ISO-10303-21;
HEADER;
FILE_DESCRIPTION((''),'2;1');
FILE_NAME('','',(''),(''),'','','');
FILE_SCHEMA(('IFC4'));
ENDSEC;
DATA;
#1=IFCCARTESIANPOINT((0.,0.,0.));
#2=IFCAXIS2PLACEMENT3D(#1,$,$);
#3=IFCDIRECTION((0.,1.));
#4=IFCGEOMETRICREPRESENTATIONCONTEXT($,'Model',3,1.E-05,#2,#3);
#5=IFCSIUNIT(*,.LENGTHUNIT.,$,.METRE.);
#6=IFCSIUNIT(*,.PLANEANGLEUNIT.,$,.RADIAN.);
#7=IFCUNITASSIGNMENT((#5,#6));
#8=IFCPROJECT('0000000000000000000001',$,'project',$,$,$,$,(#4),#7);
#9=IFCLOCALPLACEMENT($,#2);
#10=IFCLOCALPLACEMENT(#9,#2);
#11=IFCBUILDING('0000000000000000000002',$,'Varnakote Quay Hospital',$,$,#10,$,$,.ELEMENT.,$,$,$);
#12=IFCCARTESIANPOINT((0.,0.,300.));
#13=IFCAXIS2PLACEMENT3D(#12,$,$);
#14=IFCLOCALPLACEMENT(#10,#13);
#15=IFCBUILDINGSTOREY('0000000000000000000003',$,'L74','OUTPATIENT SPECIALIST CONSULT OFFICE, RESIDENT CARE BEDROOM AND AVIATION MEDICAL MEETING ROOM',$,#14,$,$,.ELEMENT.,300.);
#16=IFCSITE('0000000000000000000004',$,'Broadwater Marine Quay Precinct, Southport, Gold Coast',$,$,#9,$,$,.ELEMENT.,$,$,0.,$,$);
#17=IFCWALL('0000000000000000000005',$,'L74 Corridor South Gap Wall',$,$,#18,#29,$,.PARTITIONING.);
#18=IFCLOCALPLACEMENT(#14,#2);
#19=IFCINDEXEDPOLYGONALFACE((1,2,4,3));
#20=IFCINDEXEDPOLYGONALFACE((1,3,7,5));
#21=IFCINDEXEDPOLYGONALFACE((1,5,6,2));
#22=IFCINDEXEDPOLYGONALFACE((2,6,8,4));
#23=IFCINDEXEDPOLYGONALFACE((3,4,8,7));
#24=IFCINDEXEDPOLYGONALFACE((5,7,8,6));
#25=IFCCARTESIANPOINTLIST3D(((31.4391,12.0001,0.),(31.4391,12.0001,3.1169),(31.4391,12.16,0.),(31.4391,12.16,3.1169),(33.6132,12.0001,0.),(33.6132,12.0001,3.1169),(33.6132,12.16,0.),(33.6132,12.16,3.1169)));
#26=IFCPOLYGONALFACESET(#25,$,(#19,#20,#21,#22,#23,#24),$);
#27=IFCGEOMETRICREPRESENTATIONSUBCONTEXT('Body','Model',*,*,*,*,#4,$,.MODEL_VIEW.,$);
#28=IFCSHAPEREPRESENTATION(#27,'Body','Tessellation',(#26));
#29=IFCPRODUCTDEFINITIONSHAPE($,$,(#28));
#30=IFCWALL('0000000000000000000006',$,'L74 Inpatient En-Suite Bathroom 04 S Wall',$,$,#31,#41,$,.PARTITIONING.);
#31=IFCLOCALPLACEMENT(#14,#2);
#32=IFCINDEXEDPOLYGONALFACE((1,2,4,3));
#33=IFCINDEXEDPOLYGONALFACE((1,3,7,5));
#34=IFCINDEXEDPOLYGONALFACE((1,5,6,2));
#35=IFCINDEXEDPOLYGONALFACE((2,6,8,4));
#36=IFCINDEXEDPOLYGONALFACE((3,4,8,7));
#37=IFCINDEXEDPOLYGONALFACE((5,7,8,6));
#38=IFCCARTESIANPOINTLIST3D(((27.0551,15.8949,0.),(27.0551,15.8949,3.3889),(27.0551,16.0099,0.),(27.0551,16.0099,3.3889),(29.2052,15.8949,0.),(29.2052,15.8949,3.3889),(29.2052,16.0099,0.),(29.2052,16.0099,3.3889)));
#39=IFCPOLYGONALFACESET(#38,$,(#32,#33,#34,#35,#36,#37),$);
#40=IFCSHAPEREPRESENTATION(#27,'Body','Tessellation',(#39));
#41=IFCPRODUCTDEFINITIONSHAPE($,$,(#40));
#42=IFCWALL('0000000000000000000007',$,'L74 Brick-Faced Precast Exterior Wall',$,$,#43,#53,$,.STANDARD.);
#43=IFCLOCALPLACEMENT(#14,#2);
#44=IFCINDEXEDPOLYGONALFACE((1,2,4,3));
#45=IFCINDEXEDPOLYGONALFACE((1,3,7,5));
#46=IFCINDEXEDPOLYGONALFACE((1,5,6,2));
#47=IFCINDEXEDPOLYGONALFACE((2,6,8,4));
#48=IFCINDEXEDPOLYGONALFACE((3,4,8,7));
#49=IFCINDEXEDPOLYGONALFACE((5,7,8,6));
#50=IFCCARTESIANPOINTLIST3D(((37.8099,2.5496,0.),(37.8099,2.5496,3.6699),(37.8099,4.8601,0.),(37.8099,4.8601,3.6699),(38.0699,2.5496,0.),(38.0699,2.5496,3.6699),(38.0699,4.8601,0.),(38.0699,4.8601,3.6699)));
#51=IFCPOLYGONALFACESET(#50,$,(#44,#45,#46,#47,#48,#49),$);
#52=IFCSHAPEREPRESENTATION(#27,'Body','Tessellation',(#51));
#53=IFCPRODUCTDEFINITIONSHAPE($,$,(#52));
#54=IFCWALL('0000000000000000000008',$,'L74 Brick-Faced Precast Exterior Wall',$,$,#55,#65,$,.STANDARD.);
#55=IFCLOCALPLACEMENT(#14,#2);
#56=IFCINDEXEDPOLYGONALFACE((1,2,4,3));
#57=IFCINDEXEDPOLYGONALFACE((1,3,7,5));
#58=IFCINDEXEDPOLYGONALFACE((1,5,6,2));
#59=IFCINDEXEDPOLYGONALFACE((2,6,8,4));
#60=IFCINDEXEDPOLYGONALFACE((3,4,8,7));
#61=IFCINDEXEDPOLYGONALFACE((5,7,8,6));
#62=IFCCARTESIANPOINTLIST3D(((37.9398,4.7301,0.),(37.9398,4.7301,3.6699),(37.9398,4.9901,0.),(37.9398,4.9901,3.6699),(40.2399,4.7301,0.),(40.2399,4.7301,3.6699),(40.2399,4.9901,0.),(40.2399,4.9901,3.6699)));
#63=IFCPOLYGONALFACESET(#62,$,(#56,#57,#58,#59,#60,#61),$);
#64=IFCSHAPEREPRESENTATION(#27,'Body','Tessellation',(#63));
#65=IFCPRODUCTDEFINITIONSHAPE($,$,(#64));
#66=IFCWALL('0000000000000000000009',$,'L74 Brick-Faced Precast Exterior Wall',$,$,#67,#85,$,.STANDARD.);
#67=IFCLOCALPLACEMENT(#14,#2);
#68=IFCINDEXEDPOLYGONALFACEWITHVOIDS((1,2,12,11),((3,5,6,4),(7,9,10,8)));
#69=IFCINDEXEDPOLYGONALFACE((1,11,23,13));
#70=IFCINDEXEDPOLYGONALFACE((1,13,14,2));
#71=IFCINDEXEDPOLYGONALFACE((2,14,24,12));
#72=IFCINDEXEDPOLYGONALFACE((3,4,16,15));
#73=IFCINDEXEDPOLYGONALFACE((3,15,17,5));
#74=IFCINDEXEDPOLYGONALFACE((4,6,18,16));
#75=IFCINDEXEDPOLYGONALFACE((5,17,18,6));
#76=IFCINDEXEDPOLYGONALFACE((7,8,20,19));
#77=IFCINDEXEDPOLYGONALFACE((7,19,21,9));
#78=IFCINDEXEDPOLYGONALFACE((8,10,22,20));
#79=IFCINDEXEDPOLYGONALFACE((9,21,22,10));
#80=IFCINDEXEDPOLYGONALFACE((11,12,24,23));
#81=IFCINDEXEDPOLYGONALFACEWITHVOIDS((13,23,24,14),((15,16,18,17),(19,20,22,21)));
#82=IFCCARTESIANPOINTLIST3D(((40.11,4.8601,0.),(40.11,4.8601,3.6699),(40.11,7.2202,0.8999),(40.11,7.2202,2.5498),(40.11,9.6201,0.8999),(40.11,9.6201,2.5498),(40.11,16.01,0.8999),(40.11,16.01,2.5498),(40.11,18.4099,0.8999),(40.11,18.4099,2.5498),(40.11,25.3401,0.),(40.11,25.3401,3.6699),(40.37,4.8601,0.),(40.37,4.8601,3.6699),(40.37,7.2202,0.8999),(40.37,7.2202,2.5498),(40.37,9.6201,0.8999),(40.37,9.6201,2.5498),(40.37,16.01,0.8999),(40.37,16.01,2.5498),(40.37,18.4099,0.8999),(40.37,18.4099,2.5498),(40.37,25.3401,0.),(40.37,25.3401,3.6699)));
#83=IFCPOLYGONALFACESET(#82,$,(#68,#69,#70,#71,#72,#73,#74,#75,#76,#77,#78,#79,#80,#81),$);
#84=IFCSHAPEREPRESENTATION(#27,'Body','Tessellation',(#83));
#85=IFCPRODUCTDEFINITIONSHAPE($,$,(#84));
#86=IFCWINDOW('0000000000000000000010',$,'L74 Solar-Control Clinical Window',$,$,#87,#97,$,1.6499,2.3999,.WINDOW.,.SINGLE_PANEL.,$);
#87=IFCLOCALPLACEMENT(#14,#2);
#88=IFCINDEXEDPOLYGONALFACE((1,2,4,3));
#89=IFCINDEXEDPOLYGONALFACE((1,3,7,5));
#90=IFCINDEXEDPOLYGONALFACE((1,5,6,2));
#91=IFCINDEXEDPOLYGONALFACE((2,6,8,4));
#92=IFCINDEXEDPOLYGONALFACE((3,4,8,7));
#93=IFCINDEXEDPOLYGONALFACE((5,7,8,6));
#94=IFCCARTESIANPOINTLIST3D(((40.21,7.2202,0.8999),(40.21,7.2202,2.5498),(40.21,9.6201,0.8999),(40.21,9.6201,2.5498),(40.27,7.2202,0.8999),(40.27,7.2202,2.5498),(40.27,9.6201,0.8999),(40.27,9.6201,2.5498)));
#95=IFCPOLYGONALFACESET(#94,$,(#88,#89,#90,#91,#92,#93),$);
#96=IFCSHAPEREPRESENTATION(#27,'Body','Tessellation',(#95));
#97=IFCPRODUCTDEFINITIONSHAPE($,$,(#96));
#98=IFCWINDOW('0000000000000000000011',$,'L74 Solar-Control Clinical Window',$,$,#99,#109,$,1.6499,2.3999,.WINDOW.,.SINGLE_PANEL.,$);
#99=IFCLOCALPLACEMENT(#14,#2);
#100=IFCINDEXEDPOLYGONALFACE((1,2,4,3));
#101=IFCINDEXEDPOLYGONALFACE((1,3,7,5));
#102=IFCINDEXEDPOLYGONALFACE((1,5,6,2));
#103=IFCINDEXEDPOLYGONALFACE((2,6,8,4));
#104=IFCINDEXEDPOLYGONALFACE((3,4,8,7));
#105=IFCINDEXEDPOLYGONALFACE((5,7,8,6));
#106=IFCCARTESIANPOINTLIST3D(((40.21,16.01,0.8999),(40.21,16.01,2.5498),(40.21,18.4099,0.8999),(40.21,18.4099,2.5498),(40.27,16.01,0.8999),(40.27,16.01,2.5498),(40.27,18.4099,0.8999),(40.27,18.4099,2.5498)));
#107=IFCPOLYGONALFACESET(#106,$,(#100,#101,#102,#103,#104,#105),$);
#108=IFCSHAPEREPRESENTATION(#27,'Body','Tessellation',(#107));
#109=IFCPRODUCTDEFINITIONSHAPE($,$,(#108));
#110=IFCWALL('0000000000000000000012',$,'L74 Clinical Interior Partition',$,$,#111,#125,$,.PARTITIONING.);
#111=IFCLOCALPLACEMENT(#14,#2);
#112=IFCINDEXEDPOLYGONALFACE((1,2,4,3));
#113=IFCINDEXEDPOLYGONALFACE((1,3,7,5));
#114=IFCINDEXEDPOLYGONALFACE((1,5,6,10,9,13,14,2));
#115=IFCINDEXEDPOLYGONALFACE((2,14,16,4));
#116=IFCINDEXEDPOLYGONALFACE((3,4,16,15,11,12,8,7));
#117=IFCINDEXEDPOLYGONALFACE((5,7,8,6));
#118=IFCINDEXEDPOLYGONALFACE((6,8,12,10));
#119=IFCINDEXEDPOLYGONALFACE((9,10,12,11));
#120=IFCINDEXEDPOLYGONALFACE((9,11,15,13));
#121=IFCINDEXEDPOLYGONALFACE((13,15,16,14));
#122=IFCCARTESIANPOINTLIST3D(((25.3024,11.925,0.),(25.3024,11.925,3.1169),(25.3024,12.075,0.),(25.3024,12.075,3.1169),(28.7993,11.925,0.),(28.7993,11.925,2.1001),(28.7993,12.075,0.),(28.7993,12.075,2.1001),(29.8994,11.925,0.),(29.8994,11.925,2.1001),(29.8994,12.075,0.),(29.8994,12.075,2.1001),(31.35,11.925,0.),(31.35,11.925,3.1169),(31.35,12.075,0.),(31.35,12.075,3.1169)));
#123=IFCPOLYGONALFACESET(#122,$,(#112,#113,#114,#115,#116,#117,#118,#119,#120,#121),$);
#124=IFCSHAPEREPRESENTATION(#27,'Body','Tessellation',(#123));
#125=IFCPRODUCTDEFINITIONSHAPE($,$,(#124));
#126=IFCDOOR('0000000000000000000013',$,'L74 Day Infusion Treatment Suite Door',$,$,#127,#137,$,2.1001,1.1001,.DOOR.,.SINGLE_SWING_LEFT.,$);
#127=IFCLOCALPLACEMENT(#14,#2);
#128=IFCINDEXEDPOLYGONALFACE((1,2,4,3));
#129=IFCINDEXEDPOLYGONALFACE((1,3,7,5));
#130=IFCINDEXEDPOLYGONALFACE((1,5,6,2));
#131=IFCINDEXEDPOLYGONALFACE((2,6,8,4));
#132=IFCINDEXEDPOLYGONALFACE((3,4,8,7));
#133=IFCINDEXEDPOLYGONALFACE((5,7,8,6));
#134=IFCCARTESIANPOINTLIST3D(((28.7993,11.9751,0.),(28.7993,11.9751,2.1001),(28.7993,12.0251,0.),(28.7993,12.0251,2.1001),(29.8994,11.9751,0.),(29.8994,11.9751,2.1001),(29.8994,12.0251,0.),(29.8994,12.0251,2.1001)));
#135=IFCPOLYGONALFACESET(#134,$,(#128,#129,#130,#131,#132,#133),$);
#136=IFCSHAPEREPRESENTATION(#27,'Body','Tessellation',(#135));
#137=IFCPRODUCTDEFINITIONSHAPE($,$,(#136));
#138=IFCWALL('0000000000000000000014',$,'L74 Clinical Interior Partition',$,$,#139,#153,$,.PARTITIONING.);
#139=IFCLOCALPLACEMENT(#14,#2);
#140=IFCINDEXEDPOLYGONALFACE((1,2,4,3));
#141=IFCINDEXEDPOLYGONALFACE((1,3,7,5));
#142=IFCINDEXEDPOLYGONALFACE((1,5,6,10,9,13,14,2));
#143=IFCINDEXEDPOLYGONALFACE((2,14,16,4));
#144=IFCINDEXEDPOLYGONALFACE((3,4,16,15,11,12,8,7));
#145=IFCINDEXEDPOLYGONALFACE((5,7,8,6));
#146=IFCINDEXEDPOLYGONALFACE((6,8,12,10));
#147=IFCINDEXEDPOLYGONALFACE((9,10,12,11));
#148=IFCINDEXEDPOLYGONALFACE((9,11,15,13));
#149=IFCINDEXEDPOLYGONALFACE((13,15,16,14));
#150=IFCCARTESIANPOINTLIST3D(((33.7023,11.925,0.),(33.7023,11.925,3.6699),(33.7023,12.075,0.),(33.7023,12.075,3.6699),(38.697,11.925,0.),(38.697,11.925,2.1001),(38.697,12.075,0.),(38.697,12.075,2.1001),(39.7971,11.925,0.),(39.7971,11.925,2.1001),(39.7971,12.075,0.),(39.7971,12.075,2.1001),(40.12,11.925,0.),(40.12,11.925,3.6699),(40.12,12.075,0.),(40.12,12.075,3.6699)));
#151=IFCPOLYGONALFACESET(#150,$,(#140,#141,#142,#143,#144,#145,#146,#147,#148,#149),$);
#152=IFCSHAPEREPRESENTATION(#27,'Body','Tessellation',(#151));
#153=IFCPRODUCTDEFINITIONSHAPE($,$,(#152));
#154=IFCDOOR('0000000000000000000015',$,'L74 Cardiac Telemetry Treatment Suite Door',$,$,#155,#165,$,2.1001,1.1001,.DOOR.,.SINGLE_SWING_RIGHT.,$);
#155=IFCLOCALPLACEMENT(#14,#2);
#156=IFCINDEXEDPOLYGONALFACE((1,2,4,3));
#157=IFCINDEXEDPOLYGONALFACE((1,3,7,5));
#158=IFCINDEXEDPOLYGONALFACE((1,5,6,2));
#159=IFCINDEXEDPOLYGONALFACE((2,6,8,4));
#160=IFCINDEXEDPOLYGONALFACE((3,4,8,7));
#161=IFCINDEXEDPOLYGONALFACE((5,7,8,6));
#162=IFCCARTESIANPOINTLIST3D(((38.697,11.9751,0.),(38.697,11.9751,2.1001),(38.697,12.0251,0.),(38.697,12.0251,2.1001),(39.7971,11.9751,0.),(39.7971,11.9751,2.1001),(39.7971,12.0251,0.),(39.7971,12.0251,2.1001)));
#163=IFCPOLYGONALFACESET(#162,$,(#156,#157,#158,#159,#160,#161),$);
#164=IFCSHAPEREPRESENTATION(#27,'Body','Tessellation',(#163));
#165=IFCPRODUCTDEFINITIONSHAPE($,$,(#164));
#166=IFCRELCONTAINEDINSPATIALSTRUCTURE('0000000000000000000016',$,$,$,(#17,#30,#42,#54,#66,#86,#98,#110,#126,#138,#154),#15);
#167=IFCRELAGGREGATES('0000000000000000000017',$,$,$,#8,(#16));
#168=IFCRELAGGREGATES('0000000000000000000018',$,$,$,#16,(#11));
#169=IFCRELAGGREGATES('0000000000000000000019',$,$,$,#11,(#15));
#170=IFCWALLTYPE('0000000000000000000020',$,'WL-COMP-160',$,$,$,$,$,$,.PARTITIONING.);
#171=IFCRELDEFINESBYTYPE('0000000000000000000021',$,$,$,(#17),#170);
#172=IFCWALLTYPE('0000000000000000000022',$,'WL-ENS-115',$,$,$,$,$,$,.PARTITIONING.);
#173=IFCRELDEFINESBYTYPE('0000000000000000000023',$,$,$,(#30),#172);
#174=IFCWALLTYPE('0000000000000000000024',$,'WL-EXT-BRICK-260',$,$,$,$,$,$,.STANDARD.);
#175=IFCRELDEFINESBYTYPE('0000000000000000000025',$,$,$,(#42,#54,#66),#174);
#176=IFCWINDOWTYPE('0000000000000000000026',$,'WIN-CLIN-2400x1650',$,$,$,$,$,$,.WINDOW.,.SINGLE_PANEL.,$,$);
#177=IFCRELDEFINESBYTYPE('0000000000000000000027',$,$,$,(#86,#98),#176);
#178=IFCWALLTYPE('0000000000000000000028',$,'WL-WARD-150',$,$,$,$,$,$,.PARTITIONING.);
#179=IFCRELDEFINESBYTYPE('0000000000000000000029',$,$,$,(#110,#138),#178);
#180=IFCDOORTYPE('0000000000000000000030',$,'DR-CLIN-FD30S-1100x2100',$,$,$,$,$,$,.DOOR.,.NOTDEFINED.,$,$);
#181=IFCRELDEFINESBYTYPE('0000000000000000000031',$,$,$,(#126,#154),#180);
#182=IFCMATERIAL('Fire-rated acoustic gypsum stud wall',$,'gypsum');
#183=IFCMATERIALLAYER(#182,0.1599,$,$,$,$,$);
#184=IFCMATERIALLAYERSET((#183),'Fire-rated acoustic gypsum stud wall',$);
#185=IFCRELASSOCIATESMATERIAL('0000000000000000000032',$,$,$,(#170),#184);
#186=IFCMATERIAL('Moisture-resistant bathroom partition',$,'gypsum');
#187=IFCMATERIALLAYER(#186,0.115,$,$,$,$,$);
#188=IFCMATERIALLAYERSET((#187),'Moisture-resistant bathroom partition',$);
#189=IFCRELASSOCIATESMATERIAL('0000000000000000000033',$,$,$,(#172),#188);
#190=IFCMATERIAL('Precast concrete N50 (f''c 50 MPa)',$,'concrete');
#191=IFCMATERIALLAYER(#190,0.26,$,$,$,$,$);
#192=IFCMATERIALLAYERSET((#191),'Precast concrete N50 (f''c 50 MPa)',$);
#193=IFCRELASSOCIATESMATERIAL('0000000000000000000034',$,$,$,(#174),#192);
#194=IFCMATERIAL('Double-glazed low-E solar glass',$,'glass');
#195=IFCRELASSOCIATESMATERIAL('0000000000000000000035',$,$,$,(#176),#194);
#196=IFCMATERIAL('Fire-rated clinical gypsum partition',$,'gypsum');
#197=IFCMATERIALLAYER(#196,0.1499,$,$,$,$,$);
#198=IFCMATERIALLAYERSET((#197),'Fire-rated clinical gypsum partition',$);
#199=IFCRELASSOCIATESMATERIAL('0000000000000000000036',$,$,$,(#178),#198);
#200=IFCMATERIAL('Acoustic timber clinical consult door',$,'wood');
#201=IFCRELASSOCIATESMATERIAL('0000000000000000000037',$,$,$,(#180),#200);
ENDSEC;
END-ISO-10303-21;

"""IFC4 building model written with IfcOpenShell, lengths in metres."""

from ifc_helpers import new_model, si_unit, direction, frame, frame_2d, origin, place, context, subcontext, project, spatial, rectangle, extrude, material, layer, layer_set, type_object, element, fill, save


model = new_model("IFC4")

# Units and contexts
model_context = context("Model", 3, precision=1e-05, world=origin(), true_north=direction((0.0, 1.0)))
body_context = subcontext(model_context, "Body", "Model", "MODEL_VIEW")
ifc_project = project(units=[si_unit("LENGTHUNIT", "METRE"), si_unit("PLANEANGLEUNIT", "RADIAN")], contexts=[model_context])

# Site, building, storey
site_placement = place(None, origin())
site = spatial("IfcSite", under=ifc_project, at=site_placement, Name="Broadwater Marine Quay Precinct, Southport, Gold Coast", CompositionType="ELEMENT", RefElevation=0.0)
building_placement = place(site_placement, origin())
building = spatial("IfcBuilding", under=site, at=building_placement, Name="Varnakote Quay Hospital", CompositionType="ELEMENT")
storey_placement = place(building_placement, frame((0.0, 0.0, 300.0)))
storey = spatial("IfcBuildingStorey", under=building, at=storey_placement, Name="L74", Description="OUTPATIENT SPECIALIST CONSULT OFFICE, RESIDENT CARE BEDROOM AND AVIATION MEDICAL MEETING ROOM", CompositionType="ELEMENT", Elevation=300.0)

# Walls
ifc_material_1 = material(Name="Fire-rated acoustic gypsum stud wall", Category="gypsum")
ifc_layer_1 = layer(ifc_material_1, 0.1599)
ifc_layer_set_1 = layer_set([ifc_layer_1], Name="Fire-rated acoustic gypsum stud wall")
wall_type_1 = type_object("IfcWallType", Name="WL-COMP-160", PredefinedType="PARTITIONING", material=ifc_layer_set_1)
wall_1_placement = place(storey_placement, frame((31.4392, 12.0801, 0.0), z_axis=(0.0, 0.0, 1.0), x_axis=(1.0, 0.0, 0.0)))
element("IfcWall", 1, at=wall_1_placement, inside=storey, type_object=wall_type_1, Name="L74 Corridor South Gap Wall", PredefinedType="PARTITIONING", context=body_context, shape_type="SweptSolid", body=[
    extrude(rectangle(XDim=2.1741, YDim=0.1599, at=frame_2d((1.0869, 0.0))), origin(), (0.0, 0.0, 1.0), 3.1169),
])
ifc_material_2 = material(Name="Moisture-resistant bathroom partition", Category="gypsum")
ifc_layer_2 = layer(ifc_material_2, 0.115)
ifc_layer_set_2 = layer_set([ifc_layer_2], Name="Moisture-resistant bathroom partition")
wall_type_2 = type_object("IfcWallType", Name="WL-ENS-115", PredefinedType="PARTITIONING", material=ifc_layer_set_2)
wall_2_placement = place(storey_placement, frame((27.0549, 15.9524, 0.0), z_axis=(0.0, 0.0, 1.0), x_axis=(1.0, 0.0, 0.0)))
element("IfcWall", 2, at=wall_2_placement, inside=storey, type_object=wall_type_2, Name="L74 Inpatient En-Suite Bathroom 04 S Wall", PredefinedType="PARTITIONING", context=body_context, shape_type="SweptSolid", body=[
    extrude(rectangle(XDim=2.1501, YDim=0.115, at=frame_2d((1.0752, 0.0))), origin(), (0.0, 0.0, 1.0), 3.3889),
])
ifc_material_3 = material(Name="Precast concrete N50 (f'c 50 MPa)", Category="concrete")
ifc_layer_3 = layer(ifc_material_3, 0.26)
ifc_layer_set_3 = layer_set([ifc_layer_3], Name="Precast concrete N50 (f'c 50 MPa)")
wall_type_3 = type_object("IfcWallType", Name="WL-EXT-BRICK-260", PredefinedType="STANDARD", material=ifc_layer_set_3)
wall_3_placement = place(storey_placement, frame((37.9399, 2.5496, 0.0), z_axis=(0.0, 0.0, 1.0), x_axis=(0.0, 1.0, 0.0)))
element("IfcWall", 3, at=wall_3_placement, inside=storey, type_object=wall_type_3, Name="L74 Brick-Faced Precast Exterior Wall", PredefinedType="STANDARD", context=body_context, shape_type="SweptSolid", body=[
    extrude(rectangle(XDim=2.3105, YDim=0.26, at=frame_2d((1.1553, 0.0))), origin(), (0.0, 0.0, 1.0), 3.6699),
])
wall_4_placement = place(storey_placement, frame((37.9399, 4.8601, 0.0), z_axis=(0.0, 0.0, 1.0), x_axis=(1.0, 0.0, 0.0)))
element("IfcWall", 4, at=wall_4_placement, inside=storey, type_object=wall_type_3, Name="L74 Brick-Faced Precast Exterior Wall", PredefinedType="STANDARD", context=body_context, shape_type="SweptSolid", body=[
    extrude(rectangle(XDim=2.3, YDim=0.26, at=frame_2d((1.1499, 0.0))), origin(), (0.0, 0.0, 1.0), 3.6699),
])

# Wall, openings, windows
wall_5_placement = place(storey_placement, frame((40.24, 4.8601, 0.0), z_axis=(0.0, 0.0, 1.0), x_axis=(0.0, 1.0, 0.0)))
wall_5 = element("IfcWall", 5, at=wall_5_placement, inside=storey, type_object=wall_type_3, Name="L74 Brick-Faced Precast Exterior Wall", PredefinedType="STANDARD", context=body_context, shape_type="SweptSolid", body=[
    extrude(rectangle(XDim=20.48, YDim=0.26, at=frame_2d((10.24, 0.0))), origin(), (0.0, 0.0, 1.0), 3.6699),
])
opening_1_placement = place(wall_5_placement, frame((2.3601, 0.0, 0.8999)))
opening_1 = element("IfcOpeningElement", 6, at=opening_1_placement, cuts=wall_5, PredefinedType="OPENING", context=body_context, shape_type="SweptSolid", body=[
    extrude(rectangle(XDim=2.3999, YDim=1.6499, at=frame_2d((1.2, 0.825))), frame((0.0, 0.1399, 0.0), z_axis=(0.0, -1.0, 0.0), x_axis=(1.0, 0.0, 0.0)), (0.0, 0.0, 1.0), 0.28),
])
opening_2_placement = place(wall_5_placement, frame((11.1499, 0.0, 0.8999)))
opening_2 = element("IfcOpeningElement", 7, at=opening_2_placement, cuts=wall_5, PredefinedType="OPENING", context=body_context, shape_type="SweptSolid", body=[
    extrude(rectangle(XDim=2.3999, YDim=1.6499, at=frame_2d((1.2, 0.825))), frame((0.0, 0.1399, 0.0), z_axis=(0.0, -1.0, 0.0), x_axis=(1.0, 0.0, 0.0)), (0.0, 0.0, 1.0), 0.28),
])
ifc_material_4 = material(Name="Double-glazed low-E solar glass", Category="glass")
window_type = type_object("IfcWindowType", Name="WIN-CLIN-2400x1650", PartitioningType="SINGLE_PANEL", PredefinedType="WINDOW", material=ifc_material_4)
window_1_placement = place(opening_1_placement, origin())
window_1 = element("IfcWindow", 8, at=window_1_placement, inside=storey, type_object=window_type, Name="L74 Solar-Control Clinical Window", OverallHeight=1.6499, OverallWidth=2.3999, PartitioningType="SINGLE_PANEL", PredefinedType="WINDOW", context=body_context, shape_type="SweptSolid", body=[
    extrude(rectangle(XDim=2.3999, YDim=1.6499, at=frame_2d((1.2, 0.825))), frame((0.0, 0.03, 0.0), z_axis=(0.0, -1.0, 0.0), x_axis=(1.0, 0.0, 0.0)), (0.0, 0.0, 1.0), 0.0601),
])
fill(opening_1, window_1)
window_2_placement = place(opening_2_placement, origin())
window_2 = element("IfcWindow", 9, at=window_2_placement, inside=storey, type_object=window_type, Name="L74 Solar-Control Clinical Window", OverallHeight=1.6499, OverallWidth=2.3999, PartitioningType="SINGLE_PANEL", PredefinedType="WINDOW", context=body_context, shape_type="SweptSolid", body=[
    extrude(rectangle(XDim=2.3999, YDim=1.6499, at=frame_2d((1.2, 0.825))), frame((0.0, 0.03, 0.0), z_axis=(0.0, -1.0, 0.0), x_axis=(1.0, 0.0, 0.0)), (0.0, 0.0, 1.0), 0.0601),
])
fill(opening_2, window_2)

# Walls, openings, doors
ifc_material_5 = material(Name="Fire-rated clinical gypsum partition", Category="gypsum")
ifc_layer_4 = layer(ifc_material_5, 0.1499)
ifc_layer_set_4 = layer_set([ifc_layer_4], Name="Fire-rated clinical gypsum partition")
wall_type_4 = type_object("IfcWallType", Name="WL-WARD-150", PredefinedType="PARTITIONING", material=ifc_layer_set_4)
wall_6_placement = place(storey_placement, frame((31.3501, 12.0, 0.0), z_axis=(0.0, 0.0, 1.0), x_axis=(-1.0, 0.0, 0.0)))
wall_6 = element("IfcWall", 10, at=wall_6_placement, inside=storey, type_object=wall_type_4, Name="L74 Clinical Interior Partition", PredefinedType="PARTITIONING", context=body_context, shape_type="SweptSolid", body=[
    extrude(rectangle(XDim=6.0476, YDim=0.1499, at=frame_2d((3.0239, 0.0))), origin(), (0.0, 0.0, 1.0), 3.1169),
])
opening_3_placement = place(wall_6_placement, frame((1.4507, 0.0, 0.0)))
opening_3 = element("IfcOpeningElement", 11, at=opening_3_placement, cuts=wall_6, PredefinedType="OPENING", context=body_context, shape_type="SweptSolid", body=[
    extrude(rectangle(XDim=1.1001, YDim=2.1001, at=frame_2d((0.55, 1.05))), frame((0.0, 0.085, 0.0), z_axis=(0.0, -1.0, 0.0), x_axis=(1.0, 0.0, 0.0)), (0.0, 0.0, 1.0), 0.1699),
])
ifc_material_6 = material(Name="Acoustic timber clinical consult door", Category="wood")
door_type_1 = type_object("IfcDoorType", Name="DR-CLIN-FD30S-1100x2100", OperationType="NOTDEFINED", PredefinedType="DOOR", material=ifc_material_6)
door_1_placement = place(opening_3_placement, origin())
door_1 = element("IfcDoor", 12, at=door_1_placement, inside=storey, type_object=door_type_1, Name="L74 Day Infusion Treatment Suite Door", OperationType="SINGLE_SWING_LEFT", OverallHeight=2.1001, OverallWidth=1.1001, PredefinedType="DOOR", context=body_context, shape_type="SweptSolid", body=[
    extrude(rectangle(XDim=1.1001, YDim=2.1001, at=frame_2d((0.55, 1.05))), frame((0.0, 0.0249, 0.0), z_axis=(0.0, -1.0, 0.0), x_axis=(1.0, 0.0, 0.0)), (0.0, 0.0, 1.0), 0.05),
])
fill(opening_3, door_1)
wall_7_placement = place(storey_placement, frame((40.1201, 12.0, 0.0), z_axis=(0.0, 0.0, 1.0), x_axis=(-1.0, 0.0, 0.0)))
wall_7 = element("IfcWall", 13, at=wall_7_placement, inside=storey, type_object=wall_type_4, Name="L74 Clinical Interior Partition", PredefinedType="PARTITIONING", context=body_context, shape_type="SweptSolid", body=[
    extrude(rectangle(XDim=6.4177, YDim=0.1499, at=frame_2d((3.209, 0.0))), origin(), (0.0, 0.0, 1.0), 3.6699),
])
opening_4_placement = place(wall_7_placement, frame((0.323, 0.0, 0.0)))
opening_4 = element("IfcOpeningElement", 14, at=opening_4_placement, cuts=wall_7, PredefinedType="OPENING", context=body_context, shape_type="SweptSolid", body=[
    extrude(rectangle(XDim=1.1001, YDim=2.1001, at=frame_2d((0.55, 1.05))), frame((0.0, 0.085, 0.0), z_axis=(0.0, -1.0, 0.0), x_axis=(1.0, 0.0, 0.0)), (0.0, 0.0, 1.0), 0.1699),
])
door_2_placement = place(opening_4_placement, origin())
door_2 = element("IfcDoor", 15, at=door_2_placement, inside=storey, type_object=door_type_1, Name="L74 Cardiac Telemetry Treatment Suite Door", OperationType="SINGLE_SWING_RIGHT", OverallHeight=2.1001, OverallWidth=1.1001, PredefinedType="DOOR", context=body_context, shape_type="SweptSolid", body=[
    extrude(rectangle(XDim=1.1001, YDim=2.1001, at=frame_2d((0.55, 1.05))), frame((0.0, 0.0249, 0.0), z_axis=(0.0, -1.0, 0.0), x_axis=(1.0, 0.0, 0.0)), (0.0, 0.0, 1.0), 0.05),
])
fill(opening_4, door_2)

save(model, "model.ifc")
